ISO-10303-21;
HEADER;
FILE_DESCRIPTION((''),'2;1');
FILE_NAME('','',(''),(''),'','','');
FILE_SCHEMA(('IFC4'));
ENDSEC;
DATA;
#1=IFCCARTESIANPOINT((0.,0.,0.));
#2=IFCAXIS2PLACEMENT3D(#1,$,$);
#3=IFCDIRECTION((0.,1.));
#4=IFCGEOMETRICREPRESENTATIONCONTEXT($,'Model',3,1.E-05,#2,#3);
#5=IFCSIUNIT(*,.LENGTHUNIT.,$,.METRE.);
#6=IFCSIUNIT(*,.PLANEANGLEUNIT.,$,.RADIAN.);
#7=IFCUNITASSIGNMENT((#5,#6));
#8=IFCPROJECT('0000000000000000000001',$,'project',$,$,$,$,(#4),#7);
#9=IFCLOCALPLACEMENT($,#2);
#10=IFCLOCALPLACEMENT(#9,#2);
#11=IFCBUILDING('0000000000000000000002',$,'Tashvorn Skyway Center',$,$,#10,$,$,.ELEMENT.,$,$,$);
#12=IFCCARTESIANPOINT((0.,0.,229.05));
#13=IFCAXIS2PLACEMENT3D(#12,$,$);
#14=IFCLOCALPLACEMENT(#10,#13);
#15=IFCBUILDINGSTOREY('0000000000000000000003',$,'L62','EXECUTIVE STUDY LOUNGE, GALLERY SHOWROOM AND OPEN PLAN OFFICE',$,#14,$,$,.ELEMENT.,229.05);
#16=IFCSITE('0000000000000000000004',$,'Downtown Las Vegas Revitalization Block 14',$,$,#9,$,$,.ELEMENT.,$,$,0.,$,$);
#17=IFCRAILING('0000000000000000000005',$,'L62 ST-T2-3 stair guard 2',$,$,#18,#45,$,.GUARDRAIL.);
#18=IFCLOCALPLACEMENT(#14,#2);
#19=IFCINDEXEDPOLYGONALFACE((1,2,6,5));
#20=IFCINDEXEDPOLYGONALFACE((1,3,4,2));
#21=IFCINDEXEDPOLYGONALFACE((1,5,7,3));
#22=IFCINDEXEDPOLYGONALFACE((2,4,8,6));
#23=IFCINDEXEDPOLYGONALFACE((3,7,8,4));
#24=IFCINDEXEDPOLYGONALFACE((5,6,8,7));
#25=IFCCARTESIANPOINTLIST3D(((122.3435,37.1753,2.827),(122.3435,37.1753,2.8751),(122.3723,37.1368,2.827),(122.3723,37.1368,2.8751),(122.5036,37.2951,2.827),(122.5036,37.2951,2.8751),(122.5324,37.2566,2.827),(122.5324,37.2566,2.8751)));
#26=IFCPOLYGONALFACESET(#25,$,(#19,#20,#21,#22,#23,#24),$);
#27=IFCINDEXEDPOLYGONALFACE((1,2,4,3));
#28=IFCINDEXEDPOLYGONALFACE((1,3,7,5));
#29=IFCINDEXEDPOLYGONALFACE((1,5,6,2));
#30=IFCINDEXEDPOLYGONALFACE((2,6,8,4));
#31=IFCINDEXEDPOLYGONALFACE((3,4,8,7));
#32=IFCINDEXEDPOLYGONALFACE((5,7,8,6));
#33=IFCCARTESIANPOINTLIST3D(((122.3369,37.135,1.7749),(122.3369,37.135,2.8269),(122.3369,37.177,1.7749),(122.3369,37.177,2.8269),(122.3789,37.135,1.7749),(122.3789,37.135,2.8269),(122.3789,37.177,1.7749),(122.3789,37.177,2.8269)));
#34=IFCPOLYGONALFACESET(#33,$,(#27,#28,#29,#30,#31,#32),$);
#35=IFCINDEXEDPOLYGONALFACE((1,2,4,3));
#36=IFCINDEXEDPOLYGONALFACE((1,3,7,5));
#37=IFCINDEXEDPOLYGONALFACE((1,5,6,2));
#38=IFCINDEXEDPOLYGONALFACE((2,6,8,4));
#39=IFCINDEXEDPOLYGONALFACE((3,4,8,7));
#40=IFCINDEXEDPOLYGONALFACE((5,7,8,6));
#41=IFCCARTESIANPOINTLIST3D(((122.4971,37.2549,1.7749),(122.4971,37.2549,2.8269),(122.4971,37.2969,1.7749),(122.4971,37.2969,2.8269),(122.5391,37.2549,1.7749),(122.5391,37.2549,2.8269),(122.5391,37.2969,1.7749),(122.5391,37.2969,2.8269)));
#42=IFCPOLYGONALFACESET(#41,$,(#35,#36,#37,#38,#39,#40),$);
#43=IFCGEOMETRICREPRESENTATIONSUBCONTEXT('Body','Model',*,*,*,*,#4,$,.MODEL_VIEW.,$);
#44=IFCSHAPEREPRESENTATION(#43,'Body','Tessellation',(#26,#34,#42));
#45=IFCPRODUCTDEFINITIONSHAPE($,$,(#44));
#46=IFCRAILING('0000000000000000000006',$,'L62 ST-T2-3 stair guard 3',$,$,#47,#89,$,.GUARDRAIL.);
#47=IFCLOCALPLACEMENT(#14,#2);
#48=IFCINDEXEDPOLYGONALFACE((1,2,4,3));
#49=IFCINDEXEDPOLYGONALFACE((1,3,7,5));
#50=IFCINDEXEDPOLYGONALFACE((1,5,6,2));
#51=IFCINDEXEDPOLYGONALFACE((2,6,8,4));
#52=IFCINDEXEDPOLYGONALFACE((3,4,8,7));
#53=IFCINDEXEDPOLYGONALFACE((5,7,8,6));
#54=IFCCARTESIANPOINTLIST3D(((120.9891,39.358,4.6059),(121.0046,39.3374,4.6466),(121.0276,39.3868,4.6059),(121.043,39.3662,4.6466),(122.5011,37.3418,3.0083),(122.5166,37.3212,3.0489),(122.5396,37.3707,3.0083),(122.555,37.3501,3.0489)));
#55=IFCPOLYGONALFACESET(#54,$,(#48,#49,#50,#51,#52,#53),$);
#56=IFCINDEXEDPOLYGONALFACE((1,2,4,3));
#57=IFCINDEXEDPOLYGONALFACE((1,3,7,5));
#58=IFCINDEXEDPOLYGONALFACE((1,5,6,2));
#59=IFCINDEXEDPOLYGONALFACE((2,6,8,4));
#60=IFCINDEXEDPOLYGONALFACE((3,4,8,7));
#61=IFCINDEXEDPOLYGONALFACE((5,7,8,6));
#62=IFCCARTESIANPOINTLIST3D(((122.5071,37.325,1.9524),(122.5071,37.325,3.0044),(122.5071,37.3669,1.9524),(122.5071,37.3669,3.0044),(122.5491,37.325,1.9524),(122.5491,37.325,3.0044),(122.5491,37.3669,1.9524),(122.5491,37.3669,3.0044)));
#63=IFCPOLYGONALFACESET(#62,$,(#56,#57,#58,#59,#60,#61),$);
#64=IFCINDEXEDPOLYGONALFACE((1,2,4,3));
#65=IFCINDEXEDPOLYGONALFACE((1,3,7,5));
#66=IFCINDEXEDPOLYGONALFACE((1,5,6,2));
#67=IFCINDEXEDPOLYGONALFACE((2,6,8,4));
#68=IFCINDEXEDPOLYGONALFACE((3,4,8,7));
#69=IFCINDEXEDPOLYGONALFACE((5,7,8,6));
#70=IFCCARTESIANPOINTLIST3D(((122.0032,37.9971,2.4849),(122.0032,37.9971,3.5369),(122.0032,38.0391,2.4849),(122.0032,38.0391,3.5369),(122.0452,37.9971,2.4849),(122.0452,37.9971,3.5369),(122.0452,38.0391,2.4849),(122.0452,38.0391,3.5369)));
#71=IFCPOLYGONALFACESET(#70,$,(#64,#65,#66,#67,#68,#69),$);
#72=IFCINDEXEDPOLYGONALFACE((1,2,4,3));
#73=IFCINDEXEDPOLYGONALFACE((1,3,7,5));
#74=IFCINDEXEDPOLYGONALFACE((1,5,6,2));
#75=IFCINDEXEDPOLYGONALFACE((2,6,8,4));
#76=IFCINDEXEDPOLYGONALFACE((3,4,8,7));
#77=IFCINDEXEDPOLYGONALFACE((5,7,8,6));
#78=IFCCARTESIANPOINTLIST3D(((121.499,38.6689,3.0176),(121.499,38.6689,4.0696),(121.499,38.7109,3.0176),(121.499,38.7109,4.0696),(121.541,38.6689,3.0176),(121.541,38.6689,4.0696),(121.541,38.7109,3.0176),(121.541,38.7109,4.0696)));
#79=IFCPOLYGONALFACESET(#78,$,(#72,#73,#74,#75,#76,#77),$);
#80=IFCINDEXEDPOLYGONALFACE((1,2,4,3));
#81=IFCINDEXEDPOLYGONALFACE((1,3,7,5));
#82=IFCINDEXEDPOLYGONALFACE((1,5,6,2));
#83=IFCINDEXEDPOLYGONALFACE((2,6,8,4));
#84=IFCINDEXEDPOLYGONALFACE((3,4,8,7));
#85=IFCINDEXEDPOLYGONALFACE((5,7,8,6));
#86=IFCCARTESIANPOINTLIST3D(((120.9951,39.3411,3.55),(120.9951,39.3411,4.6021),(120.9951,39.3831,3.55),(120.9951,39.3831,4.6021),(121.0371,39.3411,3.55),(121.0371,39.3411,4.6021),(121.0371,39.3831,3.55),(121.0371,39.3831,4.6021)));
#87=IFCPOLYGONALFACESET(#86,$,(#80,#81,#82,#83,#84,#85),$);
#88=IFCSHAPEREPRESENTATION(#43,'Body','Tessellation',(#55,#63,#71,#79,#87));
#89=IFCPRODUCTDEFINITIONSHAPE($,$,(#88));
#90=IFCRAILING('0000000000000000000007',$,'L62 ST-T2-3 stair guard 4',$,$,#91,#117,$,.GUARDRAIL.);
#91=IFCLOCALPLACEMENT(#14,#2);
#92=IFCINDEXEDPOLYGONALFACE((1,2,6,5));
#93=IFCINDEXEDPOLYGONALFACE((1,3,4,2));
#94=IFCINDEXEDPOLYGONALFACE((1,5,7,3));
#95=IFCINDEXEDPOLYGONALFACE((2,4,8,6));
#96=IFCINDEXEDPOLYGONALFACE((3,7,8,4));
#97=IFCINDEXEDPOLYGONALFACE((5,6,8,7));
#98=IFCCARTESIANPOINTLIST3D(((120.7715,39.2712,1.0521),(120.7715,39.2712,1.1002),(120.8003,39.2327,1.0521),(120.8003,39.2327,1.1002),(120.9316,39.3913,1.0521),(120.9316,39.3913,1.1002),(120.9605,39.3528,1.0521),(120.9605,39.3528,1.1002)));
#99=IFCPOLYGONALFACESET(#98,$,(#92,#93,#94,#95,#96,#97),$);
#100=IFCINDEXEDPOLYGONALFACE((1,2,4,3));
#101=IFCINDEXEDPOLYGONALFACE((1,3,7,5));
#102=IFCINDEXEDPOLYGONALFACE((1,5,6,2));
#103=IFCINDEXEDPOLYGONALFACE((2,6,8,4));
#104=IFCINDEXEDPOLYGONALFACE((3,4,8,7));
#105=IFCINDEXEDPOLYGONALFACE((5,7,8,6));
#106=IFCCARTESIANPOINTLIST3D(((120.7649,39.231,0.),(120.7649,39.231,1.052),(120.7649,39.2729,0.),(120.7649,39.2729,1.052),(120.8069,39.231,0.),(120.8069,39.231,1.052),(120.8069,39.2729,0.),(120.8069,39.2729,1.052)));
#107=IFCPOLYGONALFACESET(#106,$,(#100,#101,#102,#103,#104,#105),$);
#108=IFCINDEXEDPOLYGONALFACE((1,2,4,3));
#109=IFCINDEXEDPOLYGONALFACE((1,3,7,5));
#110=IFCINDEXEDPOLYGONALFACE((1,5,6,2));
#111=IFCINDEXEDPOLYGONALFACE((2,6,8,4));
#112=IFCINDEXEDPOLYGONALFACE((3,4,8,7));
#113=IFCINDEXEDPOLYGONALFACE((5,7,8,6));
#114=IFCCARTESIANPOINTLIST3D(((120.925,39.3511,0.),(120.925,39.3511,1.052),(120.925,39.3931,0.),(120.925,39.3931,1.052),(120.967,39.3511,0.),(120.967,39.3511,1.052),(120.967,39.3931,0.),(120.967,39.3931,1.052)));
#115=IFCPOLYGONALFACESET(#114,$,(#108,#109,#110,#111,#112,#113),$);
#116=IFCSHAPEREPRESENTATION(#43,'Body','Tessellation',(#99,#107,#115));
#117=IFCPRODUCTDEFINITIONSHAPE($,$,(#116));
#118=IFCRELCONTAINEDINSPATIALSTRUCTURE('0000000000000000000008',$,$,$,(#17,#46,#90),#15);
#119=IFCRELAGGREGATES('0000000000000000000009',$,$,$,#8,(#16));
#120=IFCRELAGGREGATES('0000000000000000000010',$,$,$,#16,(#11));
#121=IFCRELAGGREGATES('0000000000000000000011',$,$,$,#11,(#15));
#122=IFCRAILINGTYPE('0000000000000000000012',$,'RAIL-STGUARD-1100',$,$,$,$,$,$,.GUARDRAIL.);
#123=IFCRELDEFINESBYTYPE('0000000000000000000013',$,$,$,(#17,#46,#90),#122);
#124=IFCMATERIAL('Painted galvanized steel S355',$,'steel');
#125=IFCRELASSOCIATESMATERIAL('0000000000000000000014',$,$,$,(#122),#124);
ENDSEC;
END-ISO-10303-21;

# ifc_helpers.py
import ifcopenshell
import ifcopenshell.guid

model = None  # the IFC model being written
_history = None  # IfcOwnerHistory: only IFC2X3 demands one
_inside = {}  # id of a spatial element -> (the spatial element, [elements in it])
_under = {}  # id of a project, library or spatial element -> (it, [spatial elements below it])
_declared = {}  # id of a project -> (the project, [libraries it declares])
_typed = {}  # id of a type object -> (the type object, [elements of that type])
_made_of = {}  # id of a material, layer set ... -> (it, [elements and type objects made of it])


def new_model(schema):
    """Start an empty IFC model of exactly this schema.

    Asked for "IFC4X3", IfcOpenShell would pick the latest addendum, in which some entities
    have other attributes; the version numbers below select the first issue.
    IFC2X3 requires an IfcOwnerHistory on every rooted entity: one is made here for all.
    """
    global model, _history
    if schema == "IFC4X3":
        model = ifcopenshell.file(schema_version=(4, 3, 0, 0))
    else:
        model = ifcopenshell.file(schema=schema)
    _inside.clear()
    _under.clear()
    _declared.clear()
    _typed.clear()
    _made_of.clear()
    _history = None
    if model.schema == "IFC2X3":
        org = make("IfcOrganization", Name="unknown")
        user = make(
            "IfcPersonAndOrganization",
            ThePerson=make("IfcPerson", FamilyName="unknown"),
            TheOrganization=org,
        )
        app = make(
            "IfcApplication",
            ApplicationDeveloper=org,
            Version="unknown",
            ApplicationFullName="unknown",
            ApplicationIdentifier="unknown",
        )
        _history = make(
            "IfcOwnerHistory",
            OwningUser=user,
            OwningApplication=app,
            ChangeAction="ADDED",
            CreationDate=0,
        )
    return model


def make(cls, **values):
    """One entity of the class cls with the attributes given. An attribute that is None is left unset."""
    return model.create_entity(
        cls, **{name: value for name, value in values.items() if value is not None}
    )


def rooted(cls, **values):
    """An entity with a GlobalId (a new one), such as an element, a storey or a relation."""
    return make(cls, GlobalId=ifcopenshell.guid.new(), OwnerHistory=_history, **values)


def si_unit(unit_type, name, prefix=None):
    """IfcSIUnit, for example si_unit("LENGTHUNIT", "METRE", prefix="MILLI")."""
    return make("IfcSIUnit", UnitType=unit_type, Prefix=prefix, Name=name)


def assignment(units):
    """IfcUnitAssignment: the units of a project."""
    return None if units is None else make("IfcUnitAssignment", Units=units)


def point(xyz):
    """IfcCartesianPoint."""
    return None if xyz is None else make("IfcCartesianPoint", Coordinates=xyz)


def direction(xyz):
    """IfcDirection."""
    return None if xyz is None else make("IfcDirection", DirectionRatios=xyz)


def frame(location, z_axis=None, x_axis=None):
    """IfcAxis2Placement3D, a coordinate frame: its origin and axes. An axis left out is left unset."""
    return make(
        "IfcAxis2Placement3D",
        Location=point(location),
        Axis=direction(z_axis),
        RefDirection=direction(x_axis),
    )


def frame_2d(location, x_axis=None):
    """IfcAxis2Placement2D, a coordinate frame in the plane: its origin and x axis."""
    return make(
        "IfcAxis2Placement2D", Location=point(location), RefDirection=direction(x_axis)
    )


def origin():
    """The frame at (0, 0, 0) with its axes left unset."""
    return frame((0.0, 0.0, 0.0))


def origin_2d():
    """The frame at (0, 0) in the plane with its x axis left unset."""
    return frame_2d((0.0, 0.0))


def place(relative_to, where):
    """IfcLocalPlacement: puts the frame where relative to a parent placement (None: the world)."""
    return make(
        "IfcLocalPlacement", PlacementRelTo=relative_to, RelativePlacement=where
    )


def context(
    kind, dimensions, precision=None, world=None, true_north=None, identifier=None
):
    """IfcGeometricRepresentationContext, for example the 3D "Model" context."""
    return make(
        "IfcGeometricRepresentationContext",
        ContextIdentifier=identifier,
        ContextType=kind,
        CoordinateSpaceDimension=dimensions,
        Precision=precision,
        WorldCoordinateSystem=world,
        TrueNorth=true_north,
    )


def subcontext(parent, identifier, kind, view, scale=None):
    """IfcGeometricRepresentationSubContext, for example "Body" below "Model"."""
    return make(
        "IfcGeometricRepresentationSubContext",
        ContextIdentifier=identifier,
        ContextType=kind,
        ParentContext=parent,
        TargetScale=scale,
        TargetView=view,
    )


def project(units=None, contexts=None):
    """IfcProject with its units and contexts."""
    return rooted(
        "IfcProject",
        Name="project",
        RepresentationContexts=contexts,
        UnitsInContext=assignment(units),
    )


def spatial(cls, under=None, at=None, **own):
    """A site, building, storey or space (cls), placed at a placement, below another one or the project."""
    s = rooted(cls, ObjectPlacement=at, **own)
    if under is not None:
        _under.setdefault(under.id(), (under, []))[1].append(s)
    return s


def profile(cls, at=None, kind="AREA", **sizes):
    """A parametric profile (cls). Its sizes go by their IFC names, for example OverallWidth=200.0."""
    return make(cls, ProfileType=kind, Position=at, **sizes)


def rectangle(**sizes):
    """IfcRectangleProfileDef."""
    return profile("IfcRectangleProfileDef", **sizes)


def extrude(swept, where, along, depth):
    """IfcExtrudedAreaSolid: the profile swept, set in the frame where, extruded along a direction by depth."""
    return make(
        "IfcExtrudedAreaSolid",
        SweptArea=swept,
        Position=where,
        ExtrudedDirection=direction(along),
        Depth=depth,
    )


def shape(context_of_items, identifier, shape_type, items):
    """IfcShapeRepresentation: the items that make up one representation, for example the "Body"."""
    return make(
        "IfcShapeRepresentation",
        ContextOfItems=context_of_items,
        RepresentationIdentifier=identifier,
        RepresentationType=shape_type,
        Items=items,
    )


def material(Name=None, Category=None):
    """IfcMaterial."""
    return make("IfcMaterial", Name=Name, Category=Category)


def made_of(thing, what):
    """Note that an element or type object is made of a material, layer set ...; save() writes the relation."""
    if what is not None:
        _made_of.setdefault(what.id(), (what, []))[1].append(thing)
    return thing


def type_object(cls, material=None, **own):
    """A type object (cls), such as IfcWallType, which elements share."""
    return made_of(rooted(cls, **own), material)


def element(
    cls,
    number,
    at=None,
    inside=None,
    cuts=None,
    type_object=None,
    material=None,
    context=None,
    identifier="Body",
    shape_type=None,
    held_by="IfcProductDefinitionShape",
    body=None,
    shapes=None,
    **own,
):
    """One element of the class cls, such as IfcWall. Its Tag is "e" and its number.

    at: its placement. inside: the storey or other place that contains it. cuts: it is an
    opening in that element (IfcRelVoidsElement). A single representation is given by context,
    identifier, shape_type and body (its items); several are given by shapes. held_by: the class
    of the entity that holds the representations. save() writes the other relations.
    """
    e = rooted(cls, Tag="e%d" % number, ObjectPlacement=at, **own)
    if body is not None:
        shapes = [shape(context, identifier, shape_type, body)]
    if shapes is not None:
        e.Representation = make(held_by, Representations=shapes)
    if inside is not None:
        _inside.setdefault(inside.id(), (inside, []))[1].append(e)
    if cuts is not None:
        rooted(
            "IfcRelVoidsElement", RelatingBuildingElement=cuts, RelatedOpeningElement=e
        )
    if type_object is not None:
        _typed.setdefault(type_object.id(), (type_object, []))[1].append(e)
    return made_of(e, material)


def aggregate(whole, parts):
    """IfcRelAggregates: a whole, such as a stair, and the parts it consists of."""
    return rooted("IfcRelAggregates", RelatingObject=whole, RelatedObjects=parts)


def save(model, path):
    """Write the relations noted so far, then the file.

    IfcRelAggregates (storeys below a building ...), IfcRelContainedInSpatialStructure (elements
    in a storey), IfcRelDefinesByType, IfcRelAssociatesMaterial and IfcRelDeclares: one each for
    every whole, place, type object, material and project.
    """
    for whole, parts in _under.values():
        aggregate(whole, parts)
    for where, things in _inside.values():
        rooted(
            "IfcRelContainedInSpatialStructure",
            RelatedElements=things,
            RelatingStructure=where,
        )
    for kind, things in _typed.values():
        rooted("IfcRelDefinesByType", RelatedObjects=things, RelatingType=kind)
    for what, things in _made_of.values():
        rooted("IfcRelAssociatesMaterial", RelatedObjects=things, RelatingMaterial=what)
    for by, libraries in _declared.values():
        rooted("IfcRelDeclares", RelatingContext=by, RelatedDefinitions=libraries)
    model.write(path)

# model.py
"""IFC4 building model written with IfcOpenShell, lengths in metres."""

from ifc_helpers import new_model, si_unit, direction, frame, origin, origin_2d, place, context, subcontext, project, spatial, rectangle, extrude, material, type_object, element, save


model = new_model("IFC4")

# Units and contexts
model_context = context("Model", 3, precision=1e-05, world=origin(), true_north=direction((0.0, 1.0)))
body_context = subcontext(model_context, "Body", "Model", "MODEL_VIEW")
ifc_project = project(units=[si_unit("LENGTHUNIT", "METRE"), si_unit("PLANEANGLEUNIT", "RADIAN")], contexts=[model_context])

# Site, building, storey
site_placement = place(None, origin())
site = spatial("IfcSite", under=ifc_project, at=site_placement, Name="Downtown Las Vegas Revitalization Block 14", CompositionType="ELEMENT", RefElevation=0.0)
building_placement = place(site_placement, origin())
building = spatial("IfcBuilding", under=site, at=building_placement, Name="Tashvorn Skyway Center", CompositionType="ELEMENT")
storey_placement = place(building_placement, frame((0.0, 0.0, 229.05)))
storey = spatial("IfcBuildingStorey", under=building, at=storey_placement, Name="L62", Description="EXECUTIVE STUDY LOUNGE, GALLERY SHOWROOM AND OPEN PLAN OFFICE", CompositionType="ELEMENT", Elevation=229.05)

# Railings
ifc_material_1 = material(Name="Painted galvanized steel S355", Category="steel")
railing_type_1 = type_object("IfcRailingType", Name="RAIL-STGUARD-1100", PredefinedType="GUARDRAIL", material=ifc_material_1)
railing_1_placement = place(storey_placement, frame((122.3579, 37.156, 1.7749)))
element("IfcRailing", 1, at=railing_1_placement, inside=storey, type_object=railing_type_1, Name="L62 ST-T2-3 stair guard 2", PredefinedType="GUARDRAIL", context=body_context, shape_type="SweptSolid", body=[
    extrude(rectangle(XDim=0.0481, YDim=0.0481, at=origin_2d()), frame((0.0, 0.0, 1.0762), z_axis=(0.800585, 0.599219, 0.0), x_axis=(-0.599219, 0.800585, 0.0)), (0.0, 0.0, 1.0), 0.2),
    extrude(rectangle(XDim=0.042, YDim=0.042, at=origin_2d()), origin(), (0.0, 0.0, 1.0), 1.052),
    extrude(rectangle(XDim=0.042, YDim=0.042, at=origin_2d()), frame((0.1602, 0.1199, 0.0)), (0.0, 0.0, 1.0), 1.052),
])
railing_2_placement = place(storey_placement, frame((122.5281, 37.3459, 1.9524)))
element("IfcRailing", 2, at=railing_2_placement, inside=storey, type_object=railing_type_1, Name="L62 ST-T2-3 stair guard 3", PredefinedType="GUARDRAIL", context=body_context, shape_type="SweptSolid", body=[
    extrude(rectangle(XDim=0.0481, YDim=0.0481, at=origin_2d()), frame((0.0, 0.0, 1.0762), z_axis=(-0.506719, 0.675679, 0.535438), x_axis=(-0.800023, -0.599969, 0.0)), (0.0, 0.0, 1.0), 2.9839),
    extrude(rectangle(XDim=0.042, YDim=0.042, at=origin_2d()), origin(), (0.0, 0.0, 1.0), 1.052),
    extrude(rectangle(XDim=0.042, YDim=0.042, at=origin_2d()), frame((-0.5039, 0.6721, 0.5325)), (0.0, 0.0, 1.0), 1.052),
    extrude(rectangle(XDim=0.042, YDim=0.042, at=origin_2d()), frame((-1.0081, 1.344, 1.0652)), (0.0, 0.0, 1.0), 1.052),
    extrude(rectangle(XDim=0.042, YDim=0.042, at=origin_2d()), frame((-1.512, 2.0161, 1.5977)), (0.0, 0.0, 1.0), 1.052),
])
railing_3_placement = place(storey_placement, frame((120.7859, 39.252, 0.0)))
element("IfcRailing", 3, at=railing_3_placement, inside=storey, type_object=railing_type_1, Name="L62 ST-T2-3 stair guard 4", PredefinedType="GUARDRAIL", context=body_context, shape_type="SweptSolid", body=[
    extrude(rectangle(XDim=0.0481, YDim=0.0481, at=origin_2d()), frame((0.0, 0.0, 1.0762), z_axis=(0.8, 0.6, 0.0), x_axis=(-0.6, 0.8, 0.0)), (0.0, 0.0, 1.0), 0.2002),
    extrude(rectangle(XDim=0.042, YDim=0.042, at=origin_2d()), origin(), (0.0, 0.0, 1.0), 1.052),
    extrude(rectangle(XDim=0.042, YDim=0.042, at=origin_2d()), frame((0.1602, 0.1201, 0.0)), (0.0, 0.0, 1.0), 1.052),
])

save(model, "model.ifc")
